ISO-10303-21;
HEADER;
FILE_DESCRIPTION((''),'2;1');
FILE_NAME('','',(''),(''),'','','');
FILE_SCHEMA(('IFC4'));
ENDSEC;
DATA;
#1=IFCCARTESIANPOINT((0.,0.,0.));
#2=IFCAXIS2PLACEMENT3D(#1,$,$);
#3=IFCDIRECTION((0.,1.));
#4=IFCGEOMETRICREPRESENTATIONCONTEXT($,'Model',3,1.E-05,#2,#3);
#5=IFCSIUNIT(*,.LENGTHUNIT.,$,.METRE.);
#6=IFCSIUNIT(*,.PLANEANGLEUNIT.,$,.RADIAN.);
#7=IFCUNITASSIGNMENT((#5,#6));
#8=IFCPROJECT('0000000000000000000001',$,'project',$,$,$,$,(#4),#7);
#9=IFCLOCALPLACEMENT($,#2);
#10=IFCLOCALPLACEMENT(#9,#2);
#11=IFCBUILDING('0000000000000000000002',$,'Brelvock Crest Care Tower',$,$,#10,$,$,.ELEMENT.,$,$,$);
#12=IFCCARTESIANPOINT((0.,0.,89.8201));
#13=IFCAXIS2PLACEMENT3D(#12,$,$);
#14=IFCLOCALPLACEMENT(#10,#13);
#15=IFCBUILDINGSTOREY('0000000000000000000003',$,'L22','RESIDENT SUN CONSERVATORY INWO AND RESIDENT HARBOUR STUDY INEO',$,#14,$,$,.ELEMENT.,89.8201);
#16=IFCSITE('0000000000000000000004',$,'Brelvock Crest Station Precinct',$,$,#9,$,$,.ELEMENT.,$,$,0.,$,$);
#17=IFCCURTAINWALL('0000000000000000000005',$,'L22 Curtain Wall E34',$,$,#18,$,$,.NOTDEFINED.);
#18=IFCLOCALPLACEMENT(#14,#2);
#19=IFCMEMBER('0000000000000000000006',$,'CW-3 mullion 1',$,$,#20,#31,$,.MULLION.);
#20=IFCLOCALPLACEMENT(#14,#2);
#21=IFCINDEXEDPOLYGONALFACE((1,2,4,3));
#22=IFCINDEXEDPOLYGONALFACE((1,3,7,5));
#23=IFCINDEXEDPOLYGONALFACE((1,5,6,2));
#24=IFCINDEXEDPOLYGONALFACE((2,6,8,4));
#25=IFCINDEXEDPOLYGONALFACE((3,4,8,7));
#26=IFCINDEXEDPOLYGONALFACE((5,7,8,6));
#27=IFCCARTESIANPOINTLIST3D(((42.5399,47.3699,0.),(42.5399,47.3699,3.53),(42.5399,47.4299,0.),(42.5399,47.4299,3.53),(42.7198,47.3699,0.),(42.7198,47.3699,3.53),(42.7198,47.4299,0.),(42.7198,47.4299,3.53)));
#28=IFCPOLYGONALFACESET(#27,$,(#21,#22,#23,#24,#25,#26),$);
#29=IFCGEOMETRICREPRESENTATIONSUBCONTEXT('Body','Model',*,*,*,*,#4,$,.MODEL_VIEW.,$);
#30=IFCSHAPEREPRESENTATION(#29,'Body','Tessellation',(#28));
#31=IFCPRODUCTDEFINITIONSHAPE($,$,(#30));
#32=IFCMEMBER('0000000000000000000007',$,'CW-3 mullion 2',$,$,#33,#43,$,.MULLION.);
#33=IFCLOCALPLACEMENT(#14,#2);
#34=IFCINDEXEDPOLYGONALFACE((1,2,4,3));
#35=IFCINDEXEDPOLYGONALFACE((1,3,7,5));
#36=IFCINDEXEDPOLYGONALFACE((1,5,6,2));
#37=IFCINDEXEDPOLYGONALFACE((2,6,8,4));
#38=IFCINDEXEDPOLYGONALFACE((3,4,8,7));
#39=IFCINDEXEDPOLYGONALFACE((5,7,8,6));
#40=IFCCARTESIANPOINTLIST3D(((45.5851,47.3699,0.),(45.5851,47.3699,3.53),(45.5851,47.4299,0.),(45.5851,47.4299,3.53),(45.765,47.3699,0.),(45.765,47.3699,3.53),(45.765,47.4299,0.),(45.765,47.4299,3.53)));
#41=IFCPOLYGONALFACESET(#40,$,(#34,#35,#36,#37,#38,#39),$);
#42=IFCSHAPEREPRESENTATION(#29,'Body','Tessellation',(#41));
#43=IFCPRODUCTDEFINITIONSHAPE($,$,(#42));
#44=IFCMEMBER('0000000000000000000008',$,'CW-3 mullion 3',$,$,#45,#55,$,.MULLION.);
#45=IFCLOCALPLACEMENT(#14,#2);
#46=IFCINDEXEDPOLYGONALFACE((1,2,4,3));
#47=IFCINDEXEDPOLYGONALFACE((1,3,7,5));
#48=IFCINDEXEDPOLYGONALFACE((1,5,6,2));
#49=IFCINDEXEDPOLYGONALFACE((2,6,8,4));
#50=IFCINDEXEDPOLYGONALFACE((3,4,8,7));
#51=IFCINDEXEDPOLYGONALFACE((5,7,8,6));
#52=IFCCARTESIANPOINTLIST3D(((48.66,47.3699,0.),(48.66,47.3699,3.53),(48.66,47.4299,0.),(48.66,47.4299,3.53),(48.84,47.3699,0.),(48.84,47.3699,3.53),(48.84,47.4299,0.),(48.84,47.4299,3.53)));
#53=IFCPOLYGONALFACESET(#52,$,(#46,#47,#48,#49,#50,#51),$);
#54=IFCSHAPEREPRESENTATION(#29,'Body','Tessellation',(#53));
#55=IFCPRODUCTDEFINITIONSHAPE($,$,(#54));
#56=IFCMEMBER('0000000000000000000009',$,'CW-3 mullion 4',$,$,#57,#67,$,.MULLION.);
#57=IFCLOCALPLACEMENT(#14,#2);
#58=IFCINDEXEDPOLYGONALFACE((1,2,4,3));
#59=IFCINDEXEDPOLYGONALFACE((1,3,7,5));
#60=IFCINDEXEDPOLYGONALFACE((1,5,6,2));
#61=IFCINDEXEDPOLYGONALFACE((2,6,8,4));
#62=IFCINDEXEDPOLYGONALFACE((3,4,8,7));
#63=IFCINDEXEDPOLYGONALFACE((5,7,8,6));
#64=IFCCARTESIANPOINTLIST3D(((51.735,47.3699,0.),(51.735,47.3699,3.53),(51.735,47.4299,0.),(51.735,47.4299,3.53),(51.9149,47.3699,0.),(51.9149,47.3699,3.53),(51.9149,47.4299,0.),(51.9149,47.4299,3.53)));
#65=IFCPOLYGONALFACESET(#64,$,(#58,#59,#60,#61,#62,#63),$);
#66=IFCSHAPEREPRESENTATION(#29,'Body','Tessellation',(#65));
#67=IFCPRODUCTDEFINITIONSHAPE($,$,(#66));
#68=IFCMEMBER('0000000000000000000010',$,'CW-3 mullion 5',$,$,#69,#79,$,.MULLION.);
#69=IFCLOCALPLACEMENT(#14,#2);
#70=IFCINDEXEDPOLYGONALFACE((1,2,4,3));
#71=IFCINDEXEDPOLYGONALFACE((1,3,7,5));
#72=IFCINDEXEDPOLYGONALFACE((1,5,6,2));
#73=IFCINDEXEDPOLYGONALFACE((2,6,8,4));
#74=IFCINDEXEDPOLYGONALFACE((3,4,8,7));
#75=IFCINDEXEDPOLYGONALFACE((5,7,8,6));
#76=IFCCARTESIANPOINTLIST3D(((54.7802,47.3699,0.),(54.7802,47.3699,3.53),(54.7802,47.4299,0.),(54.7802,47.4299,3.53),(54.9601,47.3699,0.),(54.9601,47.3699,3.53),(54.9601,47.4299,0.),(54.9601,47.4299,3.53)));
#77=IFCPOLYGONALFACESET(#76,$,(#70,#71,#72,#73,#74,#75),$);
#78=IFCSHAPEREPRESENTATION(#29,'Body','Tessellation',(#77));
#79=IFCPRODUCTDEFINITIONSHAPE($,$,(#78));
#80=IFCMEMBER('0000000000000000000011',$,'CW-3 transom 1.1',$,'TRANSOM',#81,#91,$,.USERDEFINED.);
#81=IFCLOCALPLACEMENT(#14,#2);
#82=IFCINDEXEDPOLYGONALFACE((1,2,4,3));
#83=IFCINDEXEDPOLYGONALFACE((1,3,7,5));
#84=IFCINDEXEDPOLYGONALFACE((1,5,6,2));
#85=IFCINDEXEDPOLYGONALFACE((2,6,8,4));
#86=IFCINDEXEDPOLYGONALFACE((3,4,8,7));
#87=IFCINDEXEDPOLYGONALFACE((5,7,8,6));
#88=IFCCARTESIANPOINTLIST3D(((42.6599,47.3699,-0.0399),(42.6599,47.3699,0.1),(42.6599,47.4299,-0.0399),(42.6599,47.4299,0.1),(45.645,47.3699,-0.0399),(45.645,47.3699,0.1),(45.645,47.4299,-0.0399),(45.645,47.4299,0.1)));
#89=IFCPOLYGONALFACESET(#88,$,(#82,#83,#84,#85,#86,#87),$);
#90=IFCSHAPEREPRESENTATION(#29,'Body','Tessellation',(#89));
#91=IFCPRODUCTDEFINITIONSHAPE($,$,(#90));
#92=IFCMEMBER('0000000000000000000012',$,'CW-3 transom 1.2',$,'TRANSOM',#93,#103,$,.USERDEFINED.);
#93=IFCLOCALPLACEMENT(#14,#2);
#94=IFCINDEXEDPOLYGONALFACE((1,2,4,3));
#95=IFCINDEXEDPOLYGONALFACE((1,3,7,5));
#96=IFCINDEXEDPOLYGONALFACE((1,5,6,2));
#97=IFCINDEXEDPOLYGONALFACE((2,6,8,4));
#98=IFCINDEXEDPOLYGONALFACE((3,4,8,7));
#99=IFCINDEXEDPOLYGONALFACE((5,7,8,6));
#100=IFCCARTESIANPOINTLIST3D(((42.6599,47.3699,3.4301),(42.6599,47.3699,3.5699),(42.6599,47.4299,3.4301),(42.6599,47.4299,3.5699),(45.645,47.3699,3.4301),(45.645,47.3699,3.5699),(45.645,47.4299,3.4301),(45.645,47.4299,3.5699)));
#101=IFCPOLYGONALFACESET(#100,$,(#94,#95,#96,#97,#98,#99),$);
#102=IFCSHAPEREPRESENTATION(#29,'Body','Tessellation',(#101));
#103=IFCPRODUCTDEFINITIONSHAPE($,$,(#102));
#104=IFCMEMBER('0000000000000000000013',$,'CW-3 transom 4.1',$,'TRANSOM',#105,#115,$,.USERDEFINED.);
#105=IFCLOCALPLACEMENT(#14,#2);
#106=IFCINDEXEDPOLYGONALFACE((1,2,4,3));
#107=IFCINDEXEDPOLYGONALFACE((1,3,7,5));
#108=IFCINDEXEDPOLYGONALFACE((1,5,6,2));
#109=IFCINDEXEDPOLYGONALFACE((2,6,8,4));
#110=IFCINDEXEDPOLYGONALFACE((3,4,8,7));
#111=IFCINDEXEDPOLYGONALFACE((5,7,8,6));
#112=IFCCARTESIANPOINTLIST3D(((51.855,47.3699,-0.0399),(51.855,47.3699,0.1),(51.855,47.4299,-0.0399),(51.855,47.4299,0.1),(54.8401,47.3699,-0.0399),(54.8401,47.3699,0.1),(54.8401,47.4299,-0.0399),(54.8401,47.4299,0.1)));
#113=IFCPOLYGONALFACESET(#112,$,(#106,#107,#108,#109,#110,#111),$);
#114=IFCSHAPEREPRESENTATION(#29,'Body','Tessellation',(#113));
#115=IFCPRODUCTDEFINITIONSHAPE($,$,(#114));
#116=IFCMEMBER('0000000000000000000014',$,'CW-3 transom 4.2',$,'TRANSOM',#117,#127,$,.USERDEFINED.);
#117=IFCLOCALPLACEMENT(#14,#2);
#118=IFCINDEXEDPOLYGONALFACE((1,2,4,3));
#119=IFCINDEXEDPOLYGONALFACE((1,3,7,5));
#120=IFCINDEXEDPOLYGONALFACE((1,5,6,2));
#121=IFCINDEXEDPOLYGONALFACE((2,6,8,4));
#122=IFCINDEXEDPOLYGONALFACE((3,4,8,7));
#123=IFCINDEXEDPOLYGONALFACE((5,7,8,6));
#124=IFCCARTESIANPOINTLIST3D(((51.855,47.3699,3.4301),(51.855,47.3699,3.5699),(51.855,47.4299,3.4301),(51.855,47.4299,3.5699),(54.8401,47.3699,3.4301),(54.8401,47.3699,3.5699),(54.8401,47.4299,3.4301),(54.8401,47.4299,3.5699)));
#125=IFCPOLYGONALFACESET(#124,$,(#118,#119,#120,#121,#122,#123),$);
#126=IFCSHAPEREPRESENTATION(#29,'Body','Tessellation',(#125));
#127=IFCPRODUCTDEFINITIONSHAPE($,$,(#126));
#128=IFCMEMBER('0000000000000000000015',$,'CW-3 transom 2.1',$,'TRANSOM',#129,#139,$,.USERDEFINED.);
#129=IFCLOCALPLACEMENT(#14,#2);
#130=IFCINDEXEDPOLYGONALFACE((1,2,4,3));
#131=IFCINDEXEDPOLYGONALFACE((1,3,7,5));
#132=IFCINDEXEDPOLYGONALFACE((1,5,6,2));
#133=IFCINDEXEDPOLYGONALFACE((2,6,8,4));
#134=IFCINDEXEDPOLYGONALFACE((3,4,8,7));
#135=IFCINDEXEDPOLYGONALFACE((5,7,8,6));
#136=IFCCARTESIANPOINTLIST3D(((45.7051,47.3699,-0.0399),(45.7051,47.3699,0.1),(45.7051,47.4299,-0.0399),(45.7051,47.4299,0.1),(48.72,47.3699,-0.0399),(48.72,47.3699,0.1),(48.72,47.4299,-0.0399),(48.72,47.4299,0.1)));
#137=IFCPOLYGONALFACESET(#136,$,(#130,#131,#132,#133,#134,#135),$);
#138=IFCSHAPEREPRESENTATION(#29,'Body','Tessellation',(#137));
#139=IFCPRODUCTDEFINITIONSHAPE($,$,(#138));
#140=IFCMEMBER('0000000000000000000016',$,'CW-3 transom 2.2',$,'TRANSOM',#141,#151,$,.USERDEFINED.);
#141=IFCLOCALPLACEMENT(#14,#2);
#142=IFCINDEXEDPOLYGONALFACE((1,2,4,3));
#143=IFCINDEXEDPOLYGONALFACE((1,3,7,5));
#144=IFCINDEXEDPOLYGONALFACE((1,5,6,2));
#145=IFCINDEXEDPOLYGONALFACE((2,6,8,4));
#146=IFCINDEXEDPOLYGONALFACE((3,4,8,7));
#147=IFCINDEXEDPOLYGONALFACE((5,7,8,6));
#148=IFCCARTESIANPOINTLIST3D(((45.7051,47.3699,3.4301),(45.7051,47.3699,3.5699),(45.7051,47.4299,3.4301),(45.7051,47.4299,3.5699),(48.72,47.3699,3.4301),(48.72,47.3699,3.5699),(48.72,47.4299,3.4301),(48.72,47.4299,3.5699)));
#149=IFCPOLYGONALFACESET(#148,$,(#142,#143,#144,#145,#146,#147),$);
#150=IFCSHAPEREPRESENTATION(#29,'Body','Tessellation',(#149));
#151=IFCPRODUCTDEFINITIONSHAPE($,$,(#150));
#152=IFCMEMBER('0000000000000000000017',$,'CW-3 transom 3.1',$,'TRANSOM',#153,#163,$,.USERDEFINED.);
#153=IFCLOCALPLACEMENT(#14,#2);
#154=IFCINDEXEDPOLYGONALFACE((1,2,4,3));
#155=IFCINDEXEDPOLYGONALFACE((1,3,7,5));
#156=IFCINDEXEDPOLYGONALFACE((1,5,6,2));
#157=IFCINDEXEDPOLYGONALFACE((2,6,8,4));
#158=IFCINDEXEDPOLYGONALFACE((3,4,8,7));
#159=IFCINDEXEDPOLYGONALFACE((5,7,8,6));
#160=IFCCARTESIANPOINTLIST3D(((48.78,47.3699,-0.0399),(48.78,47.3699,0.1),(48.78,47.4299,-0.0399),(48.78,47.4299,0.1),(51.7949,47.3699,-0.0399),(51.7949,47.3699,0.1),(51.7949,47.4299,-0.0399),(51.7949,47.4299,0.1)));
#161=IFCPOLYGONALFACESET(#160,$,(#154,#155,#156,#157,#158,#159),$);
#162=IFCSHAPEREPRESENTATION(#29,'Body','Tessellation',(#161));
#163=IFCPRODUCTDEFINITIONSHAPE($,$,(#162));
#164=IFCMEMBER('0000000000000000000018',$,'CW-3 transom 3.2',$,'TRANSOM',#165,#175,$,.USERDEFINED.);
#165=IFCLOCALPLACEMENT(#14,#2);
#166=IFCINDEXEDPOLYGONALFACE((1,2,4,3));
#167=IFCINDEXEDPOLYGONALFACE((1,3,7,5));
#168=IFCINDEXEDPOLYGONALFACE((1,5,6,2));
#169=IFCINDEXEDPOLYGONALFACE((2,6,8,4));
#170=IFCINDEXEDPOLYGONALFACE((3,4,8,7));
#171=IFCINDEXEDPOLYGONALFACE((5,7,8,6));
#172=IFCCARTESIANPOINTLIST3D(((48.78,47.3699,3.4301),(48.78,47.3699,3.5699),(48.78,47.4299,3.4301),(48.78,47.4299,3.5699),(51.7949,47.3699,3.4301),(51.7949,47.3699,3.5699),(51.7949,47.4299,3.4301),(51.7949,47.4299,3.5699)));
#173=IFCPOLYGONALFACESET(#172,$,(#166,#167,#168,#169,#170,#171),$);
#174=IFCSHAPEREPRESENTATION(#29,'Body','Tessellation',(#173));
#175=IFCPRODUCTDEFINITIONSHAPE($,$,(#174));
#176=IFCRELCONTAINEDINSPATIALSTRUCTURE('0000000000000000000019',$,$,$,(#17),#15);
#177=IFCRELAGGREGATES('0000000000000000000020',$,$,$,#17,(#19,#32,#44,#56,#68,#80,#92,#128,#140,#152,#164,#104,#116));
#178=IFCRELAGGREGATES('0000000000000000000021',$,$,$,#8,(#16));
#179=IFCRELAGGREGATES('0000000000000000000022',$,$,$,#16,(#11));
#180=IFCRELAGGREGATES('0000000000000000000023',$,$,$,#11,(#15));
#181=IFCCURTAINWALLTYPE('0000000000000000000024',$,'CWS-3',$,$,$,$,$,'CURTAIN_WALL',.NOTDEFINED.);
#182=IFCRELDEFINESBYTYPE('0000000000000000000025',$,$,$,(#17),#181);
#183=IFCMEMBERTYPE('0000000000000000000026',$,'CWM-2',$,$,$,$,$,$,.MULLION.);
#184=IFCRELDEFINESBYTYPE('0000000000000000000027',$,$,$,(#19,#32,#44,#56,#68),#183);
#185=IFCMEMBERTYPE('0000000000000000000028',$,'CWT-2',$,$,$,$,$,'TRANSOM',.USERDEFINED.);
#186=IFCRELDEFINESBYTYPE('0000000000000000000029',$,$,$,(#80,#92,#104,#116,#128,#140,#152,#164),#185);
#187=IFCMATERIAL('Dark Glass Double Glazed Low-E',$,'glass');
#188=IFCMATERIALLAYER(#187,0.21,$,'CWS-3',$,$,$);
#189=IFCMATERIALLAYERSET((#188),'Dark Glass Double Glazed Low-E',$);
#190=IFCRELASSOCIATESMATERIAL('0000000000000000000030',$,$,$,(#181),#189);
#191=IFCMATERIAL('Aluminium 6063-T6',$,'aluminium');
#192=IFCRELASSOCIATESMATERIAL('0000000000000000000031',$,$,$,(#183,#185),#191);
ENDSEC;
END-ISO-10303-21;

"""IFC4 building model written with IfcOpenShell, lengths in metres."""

from ifc_helpers import new_model, si_unit, direction, frame, origin, origin_2d, place, context, subcontext, project, spatial, rectangle, extrude, source, transform, mapped, material, layer, layer_set, material_profile, profile_set, type_object, element, aggregate, save


model = new_model("IFC4")

# Units and contexts
model_context = context("Model", 3, precision=1e-05, world=origin(), true_north=direction((0.0, 1.0)))
body_context = subcontext(model_context, "Body", "Model", "MODEL_VIEW")
ifc_project = project(units=[si_unit("LENGTHUNIT", "METRE"), si_unit("PLANEANGLEUNIT", "RADIAN")], contexts=[model_context])

# Site, building, storey
site_placement = place(None, origin())
site = spatial("IfcSite", under=ifc_project, at=site_placement, Name="Brelvock Crest Station Precinct", CompositionType="ELEMENT", RefElevation=0.0)
building_placement = place(site_placement, origin())
building = spatial("IfcBuilding", under=site, at=building_placement, Name="Brelvock Crest Care Tower", CompositionType="ELEMENT")
storey_placement = place(building_placement, frame((0.0, 0.0, 89.8201)))
storey = spatial("IfcBuildingStorey", under=building, at=storey_placement, Name="L22", Description="RESIDENT SUN CONSERVATORY INWO AND RESIDENT HARBOUR STUDY INEO", CompositionType="ELEMENT", Elevation=89.8201)

# Curtain wall, members
ifc_material_1 = material(Name="Dark Glass Double Glazed Low-E", Category="glass")
ifc_layer_1 = layer(ifc_material_1, 0.21, Name="CWS-3")
ifc_layer_set_1 = layer_set([ifc_layer_1], Name="Dark Glass Double Glazed Low-E")
curtain_wall_type = type_object("IfcCurtainWallType", Name="CWS-3", ElementType="CURTAIN_WALL", PredefinedType="NOTDEFINED", material=ifc_layer_set_1)
curtain_wall_placement = place(storey_placement, origin())
curtain_wall = element("IfcCurtainWall", 1, at=curtain_wall_placement, inside=storey, type_object=curtain_wall_type, Name="L22 Curtain Wall E34", PredefinedType="NOTDEFINED")
ifc_material_2 = material(Name="Aluminium 6063-T6", Category="aluminium")
ifc_material_profile_1 = material_profile(ifc_material_2, rectangle(XDim=0.0601, YDim=0.1799, at=origin_2d()), Name="ALU60x180")
ifc_profile_set_1 = profile_set([ifc_material_profile_1], Name="Aluminium 6063-T6")
member_type_1 = type_object("IfcMemberType", Name="CWM-2", PredefinedType="MULLION", material=ifc_profile_set_1)
shared_shape_1 = source(origin(), body_context, "Body", "SweptSolid", [
    extrude(rectangle(XDim=0.0601, YDim=0.1799, at=origin_2d()), origin(), (0.0, 0.0, 1.0), 3.53),
])
member_1_placement = place(storey_placement, frame((42.6299, 47.3999, 0.0), z_axis=(0.0, 0.0, 1.0), x_axis=(0.0, 1.0, 0.0)))
member_1 = element("IfcMember", 2, at=member_1_placement, type_object=member_type_1, Name="CW-3 mullion 1", PredefinedType="MULLION", context=body_context, shape_type="MappedRepresentation", body=[
    mapped(shared_shape_1, transform((0.0, 0.0, 0.0), x_axis=(1.0, 0.0, 0.0), y_axis=(0.0, 1.0, 0.0), z_axis=(0.0, 0.0, 1.0), scale=1.0)),
])
member_2_placement = place(storey_placement, frame((45.675, 47.3999, 0.0), z_axis=(0.0, 0.0, 1.0), x_axis=(0.0, 1.0, 0.0)))
member_2 = element("IfcMember", 3, at=member_2_placement, type_object=member_type_1, Name="CW-3 mullion 2", PredefinedType="MULLION", context=body_context, shape_type="MappedRepresentation", body=[
    mapped(shared_shape_1, transform((0.0, 0.0, 0.0), x_axis=(1.0, 0.0, 0.0), y_axis=(0.0, 1.0, 0.0), z_axis=(0.0, 0.0, 1.0), scale=1.0)),
])
member_3_placement = place(storey_placement, frame((48.75, 47.3999, 0.0), z_axis=(0.0, 0.0, 1.0), x_axis=(0.0, 1.0, 0.0)))
member_3 = element("IfcMember", 4, at=member_3_placement, type_object=member_type_1, Name="CW-3 mullion 3", PredefinedType="MULLION", context=body_context, shape_type="MappedRepresentation", body=[
    mapped(shared_shape_1, transform((0.0, 0.0, 0.0), x_axis=(1.0, 0.0, 0.0), y_axis=(0.0, 1.0, 0.0), z_axis=(0.0, 0.0, 1.0), scale=1.0)),
])
member_4_placement = place(storey_placement, frame((51.825, 47.3999, 0.0), z_axis=(0.0, 0.0, 1.0), x_axis=(0.0, 1.0, 0.0)))
member_4 = element("IfcMember", 5, at=member_4_placement, type_object=member_type_1, Name="CW-3 mullion 4", PredefinedType="MULLION", context=body_context, shape_type="MappedRepresentation", body=[
    mapped(shared_shape_1, transform((0.0, 0.0, 0.0), x_axis=(1.0, 0.0, 0.0), y_axis=(0.0, 1.0, 0.0), z_axis=(0.0, 0.0, 1.0), scale=1.0)),
])
member_5_placement = place(storey_placement, frame((54.8701, 47.3999, 0.0), z_axis=(0.0, 0.0, 1.0), x_axis=(0.0, 1.0, 0.0)))
member_5 = element("IfcMember", 6, at=member_5_placement, type_object=member_type_1, Name="CW-3 mullion 5", PredefinedType="MULLION", context=body_context, shape_type="MappedRepresentation", body=[
    mapped(shared_shape_1, transform((0.0, 0.0, 0.0), x_axis=(1.0, 0.0, 0.0), y_axis=(0.0, 1.0, 0.0), z_axis=(0.0, 0.0, 1.0), scale=1.0)),
])
ifc_material_profile_2 = material_profile(ifc_material_2, rectangle(XDim=0.0601, YDim=0.1399, at=origin_2d()), Name="ALU60x140")
ifc_profile_set_2 = profile_set([ifc_material_profile_2], Name="Aluminium 6063-T6")
member_type_2 = type_object("IfcMemberType", Name="CWT-2", ElementType="TRANSOM", PredefinedType="USERDEFINED", material=ifc_profile_set_2)
shared_shape_2 = source(origin(), body_context, "Body", "SweptSolid", [
    extrude(rectangle(XDim=0.0601, YDim=0.1399, at=origin_2d()), origin(), (0.0, 0.0, 1.0), 2.9851),
])
member_6_placement = place(storey_placement, frame((42.6599, 47.3999, 0.03), z_axis=(1.0, 0.0, 0.0), x_axis=(0.0, 1.0, 0.0)))
member_6 = element("IfcMember", 7, at=member_6_placement, type_object=member_type_2, Name="CW-3 transom 1.1", ObjectType="TRANSOM", PredefinedType="USERDEFINED", context=body_context, shape_type="MappedRepresentation", body=[
    mapped(shared_shape_2, transform((0.0, 0.0, 0.0), x_axis=(1.0, 0.0, 0.0), y_axis=(0.0, 1.0, 0.0), z_axis=(0.0, 0.0, 1.0), scale=1.0)),
])
member_7_placement = place(storey_placement, frame((42.6599, 47.3999, 3.5), z_axis=(1.0, 0.0, 0.0), x_axis=(0.0, 1.0, 0.0)))
member_7 = element("IfcMember", 8, at=member_7_placement, type_object=member_type_2, Name="CW-3 transom 1.2", ObjectType="TRANSOM", PredefinedType="USERDEFINED", context=body_context, shape_type="MappedRepresentation", body=[
    mapped(shared_shape_2, transform((0.0, 0.0, 0.0), x_axis=(1.0, 0.0, 0.0), y_axis=(0.0, 1.0, 0.0), z_axis=(0.0, 0.0, 1.0), scale=1.0)),
])
member_8_placement = place(storey_placement, frame((51.855, 47.3999, 0.03), z_axis=(1.0, 0.0, 0.0), x_axis=(0.0, 1.0, 0.0)))
member_8 = element("IfcMember", 9, at=member_8_placement, type_object=member_type_2, Name="CW-3 transom 4.1", ObjectType="TRANSOM", PredefinedType="USERDEFINED", context=body_context, shape_type="MappedRepresentation", body=[
    mapped(shared_shape_2, transform((0.0, 0.0, 0.0), x_axis=(1.0, 0.0, 0.0), y_axis=(0.0, 1.0, 0.0), z_axis=(0.0, 0.0, 1.0), scale=1.0)),
])
member_9_placement = place(storey_placement, frame((51.855, 47.3999, 3.5), z_axis=(1.0, 0.0, 0.0), x_axis=(0.0, 1.0, 0.0)))
member_9 = element("IfcMember", 10, at=member_9_placement, type_object=member_type_2, Name="CW-3 transom 4.2", ObjectType="TRANSOM", PredefinedType="USERDEFINED", context=body_context, shape_type="MappedRepresentation", body=[
    mapped(shared_shape_2, transform((0.0, 0.0, 0.0), x_axis=(1.0, 0.0, 0.0), y_axis=(0.0, 1.0, 0.0), z_axis=(0.0, 0.0, 1.0), scale=1.0)),
])
shared_shape_3 = source(origin(), body_context, "Body", "SweptSolid", [
    extrude(rectangle(XDim=0.0601, YDim=0.1399, at=origin_2d()), origin(), (0.0, 0.0, 1.0), 3.0149),
])
member_10_placement = place(storey_placement, frame((45.7051, 47.3999, 0.03), z_axis=(1.0, 0.0, 0.0), x_axis=(0.0, 1.0, 0.0)))
member_10 = element("IfcMember", 11, at=member_10_placement, type_object=member_type_2, Name="CW-3 transom 2.1", ObjectType="TRANSOM", PredefinedType="USERDEFINED", context=body_context, shape_type="MappedRepresentation", body=[
    mapped(shared_shape_3, transform((0.0, 0.0, 0.0), x_axis=(1.0, 0.0, 0.0), y_axis=(0.0, 1.0, 0.0), z_axis=(0.0, 0.0, 1.0), scale=1.0)),
])
member_11_placement = place(storey_placement, frame((45.7051, 47.3999, 3.5), z_axis=(1.0, 0.0, 0.0), x_axis=(0.0, 1.0, 0.0)))
member_11 = element("IfcMember", 12, at=member_11_placement, type_object=member_type_2, Name="CW-3 transom 2.2", ObjectType="TRANSOM", PredefinedType="USERDEFINED", context=body_context, shape_type="MappedRepresentation", body=[
    mapped(shared_shape_3, transform((0.0, 0.0, 0.0), x_axis=(1.0, 0.0, 0.0), y_axis=(0.0, 1.0, 0.0), z_axis=(0.0, 0.0, 1.0), scale=1.0)),
])
member_12_placement = place(storey_placement, frame((48.78, 47.3999, 0.03), z_axis=(1.0, 0.0, 0.0), x_axis=(0.0, 1.0, 0.0)))
member_12 = element("IfcMember", 13, at=member_12_placement, type_object=member_type_2, Name="CW-3 transom 3.1", ObjectType="TRANSOM", PredefinedType="USERDEFINED", context=body_context, shape_type="MappedRepresentation", body=[
    mapped(shared_shape_3, transform((0.0, 0.0, 0.0), x_axis=(1.0, 0.0, 0.0), y_axis=(0.0, 1.0, 0.0), z_axis=(0.0, 0.0, 1.0), scale=1.0)),
])
member_13_placement = place(storey_placement, frame((48.78, 47.3999, 3.5), z_axis=(1.0, 0.0, 0.0), x_axis=(0.0, 1.0, 0.0)))
member_13 = element("IfcMember", 14, at=member_13_placement, type_object=member_type_2, Name="CW-3 transom 3.2", ObjectType="TRANSOM", PredefinedType="USERDEFINED", context=body_context, shape_type="MappedRepresentation", body=[
    mapped(shared_shape_3, transform((0.0, 0.0, 0.0), x_axis=(1.0, 0.0, 0.0), y_axis=(0.0, 1.0, 0.0), z_axis=(0.0, 0.0, 1.0), scale=1.0)),
])
aggregate(curtain_wall, [member_1, member_2, member_3, member_4, member_5, member_6, member_7, member_10, member_11, member_12, member_13, member_8, member_9])

save(model, "model.ifc")
